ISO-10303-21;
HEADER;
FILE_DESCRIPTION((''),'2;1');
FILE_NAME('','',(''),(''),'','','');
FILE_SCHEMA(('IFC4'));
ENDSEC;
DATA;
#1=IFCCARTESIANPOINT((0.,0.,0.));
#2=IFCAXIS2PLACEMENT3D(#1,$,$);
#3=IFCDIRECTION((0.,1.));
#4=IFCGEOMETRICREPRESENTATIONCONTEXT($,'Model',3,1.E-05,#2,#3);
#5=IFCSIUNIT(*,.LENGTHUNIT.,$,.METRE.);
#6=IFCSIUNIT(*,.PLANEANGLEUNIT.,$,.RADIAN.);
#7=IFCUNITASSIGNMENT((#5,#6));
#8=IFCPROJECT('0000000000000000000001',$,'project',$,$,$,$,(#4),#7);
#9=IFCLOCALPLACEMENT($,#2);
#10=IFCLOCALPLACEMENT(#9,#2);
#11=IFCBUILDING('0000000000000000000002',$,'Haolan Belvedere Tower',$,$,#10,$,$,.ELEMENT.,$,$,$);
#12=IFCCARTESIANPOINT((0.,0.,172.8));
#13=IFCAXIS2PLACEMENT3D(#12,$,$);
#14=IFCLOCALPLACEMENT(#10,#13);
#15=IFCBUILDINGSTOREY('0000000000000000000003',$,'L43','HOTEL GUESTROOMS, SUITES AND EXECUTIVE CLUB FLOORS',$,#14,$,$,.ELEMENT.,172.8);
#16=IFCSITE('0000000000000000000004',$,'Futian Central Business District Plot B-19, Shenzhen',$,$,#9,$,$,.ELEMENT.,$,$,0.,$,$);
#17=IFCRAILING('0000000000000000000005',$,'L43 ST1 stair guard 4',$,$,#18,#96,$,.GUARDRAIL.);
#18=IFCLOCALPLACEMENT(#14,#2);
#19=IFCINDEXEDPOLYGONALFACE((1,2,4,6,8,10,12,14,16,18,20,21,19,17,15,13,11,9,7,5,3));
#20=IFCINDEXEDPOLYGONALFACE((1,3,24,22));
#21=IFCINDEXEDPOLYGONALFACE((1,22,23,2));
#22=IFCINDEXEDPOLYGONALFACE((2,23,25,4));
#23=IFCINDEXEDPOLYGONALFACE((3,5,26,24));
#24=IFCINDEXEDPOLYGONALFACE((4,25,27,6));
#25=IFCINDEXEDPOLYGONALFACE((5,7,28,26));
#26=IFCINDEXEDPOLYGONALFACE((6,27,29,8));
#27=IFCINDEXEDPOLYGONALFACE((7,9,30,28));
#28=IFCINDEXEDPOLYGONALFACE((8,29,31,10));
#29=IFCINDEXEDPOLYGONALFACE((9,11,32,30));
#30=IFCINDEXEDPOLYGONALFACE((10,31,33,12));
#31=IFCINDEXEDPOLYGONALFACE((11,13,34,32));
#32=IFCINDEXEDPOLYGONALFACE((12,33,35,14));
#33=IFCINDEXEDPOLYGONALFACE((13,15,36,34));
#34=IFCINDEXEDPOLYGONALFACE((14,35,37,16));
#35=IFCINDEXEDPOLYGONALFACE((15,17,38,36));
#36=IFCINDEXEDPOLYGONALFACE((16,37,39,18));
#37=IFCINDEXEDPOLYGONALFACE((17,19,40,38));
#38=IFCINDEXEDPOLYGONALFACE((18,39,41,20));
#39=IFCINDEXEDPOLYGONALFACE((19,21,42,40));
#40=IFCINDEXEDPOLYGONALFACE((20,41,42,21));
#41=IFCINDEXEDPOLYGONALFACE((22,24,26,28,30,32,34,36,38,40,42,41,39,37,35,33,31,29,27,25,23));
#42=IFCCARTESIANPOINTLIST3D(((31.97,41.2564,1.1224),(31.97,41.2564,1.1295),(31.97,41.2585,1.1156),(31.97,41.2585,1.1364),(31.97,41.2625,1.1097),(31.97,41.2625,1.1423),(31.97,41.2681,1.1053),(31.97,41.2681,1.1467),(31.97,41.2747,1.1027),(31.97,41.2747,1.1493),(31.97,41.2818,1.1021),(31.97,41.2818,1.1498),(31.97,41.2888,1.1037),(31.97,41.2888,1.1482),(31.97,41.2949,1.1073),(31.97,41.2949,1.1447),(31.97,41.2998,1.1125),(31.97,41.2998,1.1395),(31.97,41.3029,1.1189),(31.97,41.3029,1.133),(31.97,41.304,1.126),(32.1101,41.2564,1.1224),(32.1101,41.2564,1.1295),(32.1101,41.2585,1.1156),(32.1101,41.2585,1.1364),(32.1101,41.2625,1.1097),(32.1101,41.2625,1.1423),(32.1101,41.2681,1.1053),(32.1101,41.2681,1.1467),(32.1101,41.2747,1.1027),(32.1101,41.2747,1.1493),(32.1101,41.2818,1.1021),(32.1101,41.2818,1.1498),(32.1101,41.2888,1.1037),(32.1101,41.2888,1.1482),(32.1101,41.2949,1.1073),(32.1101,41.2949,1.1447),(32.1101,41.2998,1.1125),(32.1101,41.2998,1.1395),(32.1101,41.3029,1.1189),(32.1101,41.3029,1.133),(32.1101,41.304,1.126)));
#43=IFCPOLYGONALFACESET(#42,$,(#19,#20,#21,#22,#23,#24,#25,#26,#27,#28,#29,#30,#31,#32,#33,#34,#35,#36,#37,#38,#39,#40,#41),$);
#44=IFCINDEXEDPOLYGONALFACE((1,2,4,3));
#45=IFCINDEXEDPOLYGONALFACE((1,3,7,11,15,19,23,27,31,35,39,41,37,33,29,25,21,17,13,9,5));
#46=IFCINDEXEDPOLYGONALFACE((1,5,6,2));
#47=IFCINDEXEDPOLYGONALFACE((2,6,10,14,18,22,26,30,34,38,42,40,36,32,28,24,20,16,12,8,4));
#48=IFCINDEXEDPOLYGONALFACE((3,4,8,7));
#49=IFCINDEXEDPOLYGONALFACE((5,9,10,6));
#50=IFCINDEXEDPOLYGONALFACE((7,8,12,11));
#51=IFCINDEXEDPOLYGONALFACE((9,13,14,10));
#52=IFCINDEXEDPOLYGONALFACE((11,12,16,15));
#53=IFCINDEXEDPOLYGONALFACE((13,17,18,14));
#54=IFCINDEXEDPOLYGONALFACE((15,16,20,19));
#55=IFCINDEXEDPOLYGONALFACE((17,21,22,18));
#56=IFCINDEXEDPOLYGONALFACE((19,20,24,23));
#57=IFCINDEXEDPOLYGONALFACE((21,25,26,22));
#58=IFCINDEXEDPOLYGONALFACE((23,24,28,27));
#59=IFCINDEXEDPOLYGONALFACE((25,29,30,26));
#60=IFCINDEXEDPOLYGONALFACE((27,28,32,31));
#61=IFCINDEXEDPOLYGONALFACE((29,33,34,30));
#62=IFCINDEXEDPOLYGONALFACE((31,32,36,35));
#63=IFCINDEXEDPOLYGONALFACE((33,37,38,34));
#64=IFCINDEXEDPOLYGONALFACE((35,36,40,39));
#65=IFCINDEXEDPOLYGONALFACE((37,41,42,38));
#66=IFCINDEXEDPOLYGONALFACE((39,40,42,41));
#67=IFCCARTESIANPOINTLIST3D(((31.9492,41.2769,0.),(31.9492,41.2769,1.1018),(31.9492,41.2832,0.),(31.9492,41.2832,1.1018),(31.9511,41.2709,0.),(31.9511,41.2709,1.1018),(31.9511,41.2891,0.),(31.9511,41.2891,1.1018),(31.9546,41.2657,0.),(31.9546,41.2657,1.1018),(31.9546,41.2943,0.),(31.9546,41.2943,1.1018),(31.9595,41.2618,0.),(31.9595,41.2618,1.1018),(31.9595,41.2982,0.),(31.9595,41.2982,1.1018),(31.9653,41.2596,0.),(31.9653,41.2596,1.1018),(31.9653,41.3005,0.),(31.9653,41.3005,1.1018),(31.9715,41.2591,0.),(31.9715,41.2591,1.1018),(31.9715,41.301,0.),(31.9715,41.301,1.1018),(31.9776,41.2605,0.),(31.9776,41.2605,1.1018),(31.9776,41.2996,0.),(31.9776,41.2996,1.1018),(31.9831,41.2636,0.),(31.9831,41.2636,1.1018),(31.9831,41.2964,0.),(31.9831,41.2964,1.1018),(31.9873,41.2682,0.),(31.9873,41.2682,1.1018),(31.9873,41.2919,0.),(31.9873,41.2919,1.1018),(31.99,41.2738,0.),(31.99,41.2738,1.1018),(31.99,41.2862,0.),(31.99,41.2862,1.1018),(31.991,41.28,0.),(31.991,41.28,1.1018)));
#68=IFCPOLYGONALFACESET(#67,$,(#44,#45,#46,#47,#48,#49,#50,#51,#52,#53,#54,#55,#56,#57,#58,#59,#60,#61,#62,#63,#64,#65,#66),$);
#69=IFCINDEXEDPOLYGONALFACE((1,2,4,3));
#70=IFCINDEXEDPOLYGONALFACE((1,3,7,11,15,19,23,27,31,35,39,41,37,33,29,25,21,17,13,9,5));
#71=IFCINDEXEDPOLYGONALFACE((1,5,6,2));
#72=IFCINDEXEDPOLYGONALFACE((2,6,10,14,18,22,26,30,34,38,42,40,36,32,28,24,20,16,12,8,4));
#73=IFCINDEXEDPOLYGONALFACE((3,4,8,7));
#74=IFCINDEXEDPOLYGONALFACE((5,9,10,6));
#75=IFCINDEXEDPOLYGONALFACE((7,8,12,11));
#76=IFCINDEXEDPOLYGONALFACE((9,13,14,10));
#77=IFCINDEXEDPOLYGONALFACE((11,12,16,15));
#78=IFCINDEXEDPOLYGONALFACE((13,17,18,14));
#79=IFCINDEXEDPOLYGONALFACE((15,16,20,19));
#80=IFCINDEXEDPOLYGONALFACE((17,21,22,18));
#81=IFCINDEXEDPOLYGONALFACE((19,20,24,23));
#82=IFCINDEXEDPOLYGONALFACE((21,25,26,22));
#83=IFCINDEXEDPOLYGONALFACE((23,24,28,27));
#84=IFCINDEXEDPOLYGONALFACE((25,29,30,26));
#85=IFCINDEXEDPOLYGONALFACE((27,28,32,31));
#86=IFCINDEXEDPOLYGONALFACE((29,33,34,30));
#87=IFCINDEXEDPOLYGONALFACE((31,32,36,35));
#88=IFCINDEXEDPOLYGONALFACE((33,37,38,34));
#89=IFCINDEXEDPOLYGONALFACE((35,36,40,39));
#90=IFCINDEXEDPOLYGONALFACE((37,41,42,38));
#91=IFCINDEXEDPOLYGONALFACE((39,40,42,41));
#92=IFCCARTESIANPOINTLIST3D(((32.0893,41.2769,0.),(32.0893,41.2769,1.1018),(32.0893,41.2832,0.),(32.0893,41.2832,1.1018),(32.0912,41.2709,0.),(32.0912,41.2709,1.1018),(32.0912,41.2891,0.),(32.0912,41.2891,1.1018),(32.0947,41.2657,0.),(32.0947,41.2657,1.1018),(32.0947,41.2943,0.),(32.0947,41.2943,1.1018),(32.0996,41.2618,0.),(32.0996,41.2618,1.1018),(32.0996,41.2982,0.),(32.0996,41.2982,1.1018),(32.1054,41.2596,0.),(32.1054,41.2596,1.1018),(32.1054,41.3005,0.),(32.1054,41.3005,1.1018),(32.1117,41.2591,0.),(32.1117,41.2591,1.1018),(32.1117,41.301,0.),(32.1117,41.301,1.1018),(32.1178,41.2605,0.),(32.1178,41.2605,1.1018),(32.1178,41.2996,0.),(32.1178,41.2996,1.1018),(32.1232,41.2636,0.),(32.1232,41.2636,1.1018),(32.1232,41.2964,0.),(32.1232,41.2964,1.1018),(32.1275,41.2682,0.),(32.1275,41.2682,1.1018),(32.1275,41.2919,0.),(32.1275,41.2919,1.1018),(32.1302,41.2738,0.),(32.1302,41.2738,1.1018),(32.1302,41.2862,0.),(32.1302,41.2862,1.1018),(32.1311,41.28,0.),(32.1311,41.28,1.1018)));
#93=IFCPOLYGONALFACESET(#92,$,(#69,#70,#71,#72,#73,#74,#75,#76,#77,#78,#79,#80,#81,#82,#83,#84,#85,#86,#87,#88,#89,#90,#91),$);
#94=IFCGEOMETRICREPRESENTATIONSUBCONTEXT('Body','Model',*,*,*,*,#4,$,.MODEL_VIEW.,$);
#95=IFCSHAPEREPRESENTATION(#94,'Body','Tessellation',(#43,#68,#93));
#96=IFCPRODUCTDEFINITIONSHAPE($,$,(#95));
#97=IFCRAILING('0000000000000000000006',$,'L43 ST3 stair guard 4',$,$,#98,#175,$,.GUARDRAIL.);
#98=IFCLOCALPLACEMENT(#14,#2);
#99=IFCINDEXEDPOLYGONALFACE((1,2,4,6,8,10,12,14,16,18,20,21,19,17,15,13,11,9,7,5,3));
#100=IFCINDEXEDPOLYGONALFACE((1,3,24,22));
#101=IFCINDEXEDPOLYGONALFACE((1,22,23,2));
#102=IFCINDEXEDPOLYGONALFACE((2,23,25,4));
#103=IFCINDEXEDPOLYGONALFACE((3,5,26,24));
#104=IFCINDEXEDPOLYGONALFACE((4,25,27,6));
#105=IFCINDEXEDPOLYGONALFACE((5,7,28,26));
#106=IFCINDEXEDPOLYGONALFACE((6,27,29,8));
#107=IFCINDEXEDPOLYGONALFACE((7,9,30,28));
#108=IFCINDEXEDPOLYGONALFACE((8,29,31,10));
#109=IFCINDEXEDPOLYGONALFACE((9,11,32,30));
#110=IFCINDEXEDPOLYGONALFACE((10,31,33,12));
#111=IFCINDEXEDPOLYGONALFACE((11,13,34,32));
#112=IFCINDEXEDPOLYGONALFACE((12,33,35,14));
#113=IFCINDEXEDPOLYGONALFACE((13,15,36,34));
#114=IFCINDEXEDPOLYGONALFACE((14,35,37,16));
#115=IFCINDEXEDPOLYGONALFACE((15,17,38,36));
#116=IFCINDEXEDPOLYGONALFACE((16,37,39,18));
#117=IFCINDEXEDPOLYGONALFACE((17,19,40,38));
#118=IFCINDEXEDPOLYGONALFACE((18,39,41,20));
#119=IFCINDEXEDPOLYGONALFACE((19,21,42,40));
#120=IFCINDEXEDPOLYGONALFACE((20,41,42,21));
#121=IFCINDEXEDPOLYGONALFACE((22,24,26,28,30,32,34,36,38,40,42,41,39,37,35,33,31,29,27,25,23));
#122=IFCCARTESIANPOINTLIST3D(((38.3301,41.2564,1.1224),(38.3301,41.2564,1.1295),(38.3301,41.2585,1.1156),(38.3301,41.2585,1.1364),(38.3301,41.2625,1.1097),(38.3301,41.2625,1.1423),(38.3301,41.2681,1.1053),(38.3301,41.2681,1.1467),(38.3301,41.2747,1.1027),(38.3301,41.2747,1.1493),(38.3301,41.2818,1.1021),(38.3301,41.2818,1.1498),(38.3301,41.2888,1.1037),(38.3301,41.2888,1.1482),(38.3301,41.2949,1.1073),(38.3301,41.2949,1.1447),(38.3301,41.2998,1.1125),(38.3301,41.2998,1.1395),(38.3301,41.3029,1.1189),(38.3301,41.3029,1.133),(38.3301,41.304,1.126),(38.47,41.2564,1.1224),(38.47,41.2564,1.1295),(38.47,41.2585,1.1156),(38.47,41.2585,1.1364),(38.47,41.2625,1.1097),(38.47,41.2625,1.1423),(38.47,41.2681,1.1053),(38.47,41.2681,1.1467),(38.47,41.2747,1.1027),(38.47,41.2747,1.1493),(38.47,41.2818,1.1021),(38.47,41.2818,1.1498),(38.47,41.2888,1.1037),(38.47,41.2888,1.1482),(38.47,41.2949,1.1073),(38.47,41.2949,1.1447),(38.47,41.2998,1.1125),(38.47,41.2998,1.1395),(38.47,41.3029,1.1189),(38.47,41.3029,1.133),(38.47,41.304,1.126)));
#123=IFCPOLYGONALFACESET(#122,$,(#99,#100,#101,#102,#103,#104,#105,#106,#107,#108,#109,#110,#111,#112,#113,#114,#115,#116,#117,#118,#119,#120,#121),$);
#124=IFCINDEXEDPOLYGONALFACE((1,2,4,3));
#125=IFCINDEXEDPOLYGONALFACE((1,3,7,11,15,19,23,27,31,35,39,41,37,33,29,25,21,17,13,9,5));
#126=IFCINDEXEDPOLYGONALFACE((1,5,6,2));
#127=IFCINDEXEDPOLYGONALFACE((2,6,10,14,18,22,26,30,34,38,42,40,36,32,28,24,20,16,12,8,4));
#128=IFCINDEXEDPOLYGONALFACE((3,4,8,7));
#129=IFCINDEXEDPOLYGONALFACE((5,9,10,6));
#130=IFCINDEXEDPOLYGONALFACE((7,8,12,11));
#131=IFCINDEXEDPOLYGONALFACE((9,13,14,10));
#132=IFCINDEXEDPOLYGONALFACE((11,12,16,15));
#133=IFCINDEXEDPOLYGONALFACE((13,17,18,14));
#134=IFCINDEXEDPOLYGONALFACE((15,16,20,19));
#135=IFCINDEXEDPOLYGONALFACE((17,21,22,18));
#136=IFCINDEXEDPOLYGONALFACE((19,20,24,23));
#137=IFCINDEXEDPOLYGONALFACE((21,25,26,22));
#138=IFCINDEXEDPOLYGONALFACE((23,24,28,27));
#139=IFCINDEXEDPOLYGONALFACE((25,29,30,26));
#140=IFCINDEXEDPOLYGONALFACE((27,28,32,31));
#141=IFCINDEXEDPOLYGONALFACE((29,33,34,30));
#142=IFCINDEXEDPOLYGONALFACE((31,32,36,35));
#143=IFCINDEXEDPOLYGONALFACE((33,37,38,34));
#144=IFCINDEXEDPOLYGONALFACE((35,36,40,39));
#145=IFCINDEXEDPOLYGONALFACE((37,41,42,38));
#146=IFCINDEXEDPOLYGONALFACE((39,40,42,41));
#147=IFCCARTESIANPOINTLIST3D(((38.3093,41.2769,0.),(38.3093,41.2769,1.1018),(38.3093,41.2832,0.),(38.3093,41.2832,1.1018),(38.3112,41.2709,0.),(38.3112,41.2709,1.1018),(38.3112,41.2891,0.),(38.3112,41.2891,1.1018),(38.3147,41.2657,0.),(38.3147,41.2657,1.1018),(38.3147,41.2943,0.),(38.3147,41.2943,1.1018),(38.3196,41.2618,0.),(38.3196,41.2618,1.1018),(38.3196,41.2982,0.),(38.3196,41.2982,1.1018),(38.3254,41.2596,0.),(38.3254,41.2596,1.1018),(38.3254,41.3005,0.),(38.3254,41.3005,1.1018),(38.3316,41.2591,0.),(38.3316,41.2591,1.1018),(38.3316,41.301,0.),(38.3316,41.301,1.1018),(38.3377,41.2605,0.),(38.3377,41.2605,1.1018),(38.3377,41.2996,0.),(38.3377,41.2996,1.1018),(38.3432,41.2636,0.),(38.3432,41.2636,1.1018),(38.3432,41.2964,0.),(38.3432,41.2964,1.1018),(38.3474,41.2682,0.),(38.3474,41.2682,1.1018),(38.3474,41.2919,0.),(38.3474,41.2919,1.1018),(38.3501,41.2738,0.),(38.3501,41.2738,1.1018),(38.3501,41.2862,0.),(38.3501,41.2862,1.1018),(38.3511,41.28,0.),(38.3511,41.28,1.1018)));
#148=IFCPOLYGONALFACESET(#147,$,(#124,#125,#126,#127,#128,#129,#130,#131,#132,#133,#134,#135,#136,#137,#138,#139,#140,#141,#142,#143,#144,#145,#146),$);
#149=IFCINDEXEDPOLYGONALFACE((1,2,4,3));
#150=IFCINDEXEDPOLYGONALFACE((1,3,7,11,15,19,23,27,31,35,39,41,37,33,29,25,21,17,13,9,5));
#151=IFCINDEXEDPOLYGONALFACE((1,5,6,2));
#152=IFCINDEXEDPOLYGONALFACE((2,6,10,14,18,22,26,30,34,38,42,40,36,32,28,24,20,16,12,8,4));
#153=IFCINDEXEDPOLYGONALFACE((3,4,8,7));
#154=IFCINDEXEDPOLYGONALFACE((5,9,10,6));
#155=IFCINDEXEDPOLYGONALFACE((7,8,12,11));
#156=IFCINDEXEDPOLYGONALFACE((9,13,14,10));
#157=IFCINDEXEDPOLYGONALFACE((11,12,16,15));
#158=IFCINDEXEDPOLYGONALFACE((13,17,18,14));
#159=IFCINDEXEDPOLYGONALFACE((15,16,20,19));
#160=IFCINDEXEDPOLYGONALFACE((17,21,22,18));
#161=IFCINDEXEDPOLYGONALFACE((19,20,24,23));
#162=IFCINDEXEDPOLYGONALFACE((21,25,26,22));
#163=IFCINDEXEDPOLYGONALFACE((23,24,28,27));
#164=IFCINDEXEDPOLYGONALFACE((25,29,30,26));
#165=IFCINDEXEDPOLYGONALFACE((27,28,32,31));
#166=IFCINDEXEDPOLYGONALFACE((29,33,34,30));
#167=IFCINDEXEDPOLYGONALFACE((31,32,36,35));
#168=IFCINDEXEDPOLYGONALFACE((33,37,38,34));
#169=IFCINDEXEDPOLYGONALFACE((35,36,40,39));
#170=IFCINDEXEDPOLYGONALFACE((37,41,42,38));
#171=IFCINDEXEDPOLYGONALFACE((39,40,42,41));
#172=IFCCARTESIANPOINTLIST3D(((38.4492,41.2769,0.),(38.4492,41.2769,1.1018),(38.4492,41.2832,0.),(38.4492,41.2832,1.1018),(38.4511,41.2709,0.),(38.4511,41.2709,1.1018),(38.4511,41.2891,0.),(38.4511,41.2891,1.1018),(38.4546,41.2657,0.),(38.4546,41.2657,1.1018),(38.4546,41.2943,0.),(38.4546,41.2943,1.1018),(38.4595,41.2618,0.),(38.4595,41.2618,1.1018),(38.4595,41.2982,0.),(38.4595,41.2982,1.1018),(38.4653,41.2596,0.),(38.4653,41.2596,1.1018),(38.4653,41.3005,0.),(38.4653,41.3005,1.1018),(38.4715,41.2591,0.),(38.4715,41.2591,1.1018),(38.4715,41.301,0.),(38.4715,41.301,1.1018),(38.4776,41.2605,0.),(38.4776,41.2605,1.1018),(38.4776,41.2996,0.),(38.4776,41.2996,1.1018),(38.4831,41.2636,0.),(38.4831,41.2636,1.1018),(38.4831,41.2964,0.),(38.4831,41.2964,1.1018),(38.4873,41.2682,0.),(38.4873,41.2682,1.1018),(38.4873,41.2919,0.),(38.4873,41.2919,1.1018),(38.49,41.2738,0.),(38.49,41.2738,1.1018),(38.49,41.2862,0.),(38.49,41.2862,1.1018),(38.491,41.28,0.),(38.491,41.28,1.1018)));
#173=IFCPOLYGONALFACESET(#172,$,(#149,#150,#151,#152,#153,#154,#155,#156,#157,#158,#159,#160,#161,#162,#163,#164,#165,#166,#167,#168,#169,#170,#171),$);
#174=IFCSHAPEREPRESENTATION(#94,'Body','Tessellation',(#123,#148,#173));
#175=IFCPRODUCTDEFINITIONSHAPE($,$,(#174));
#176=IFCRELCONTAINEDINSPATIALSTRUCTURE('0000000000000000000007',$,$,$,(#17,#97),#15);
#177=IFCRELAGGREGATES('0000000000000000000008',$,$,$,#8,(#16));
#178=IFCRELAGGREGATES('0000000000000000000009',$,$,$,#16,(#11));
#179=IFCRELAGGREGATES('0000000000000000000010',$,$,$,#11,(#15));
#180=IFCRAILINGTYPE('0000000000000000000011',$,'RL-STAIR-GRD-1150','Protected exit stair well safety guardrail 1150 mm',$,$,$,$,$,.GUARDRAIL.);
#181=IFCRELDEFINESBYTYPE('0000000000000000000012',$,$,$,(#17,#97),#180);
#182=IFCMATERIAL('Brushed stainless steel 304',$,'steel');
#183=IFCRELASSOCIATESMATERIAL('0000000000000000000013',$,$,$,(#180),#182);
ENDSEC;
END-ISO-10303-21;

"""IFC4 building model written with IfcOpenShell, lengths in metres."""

from ifc_helpers import new_model, si_unit, direction, frame, origin, origin_2d, place, context, subcontext, project, spatial, circle, extrude, material, type_object, element, save


model = new_model("IFC4")

# Units and contexts
model_context = context("Model", 3, precision=1e-05, world=origin(), true_north=direction((0.0, 1.0)))
body_context = subcontext(model_context, "Body", "Model", "MODEL_VIEW")
ifc_project = project(units=[si_unit("LENGTHUNIT", "METRE"), si_unit("PLANEANGLEUNIT", "RADIAN")], contexts=[model_context])

# Site, building, storey
site_placement = place(None, origin())
site = spatial("IfcSite", under=ifc_project, at=site_placement, Name="Futian Central Business District Plot B-19, Shenzhen", CompositionType="ELEMENT", RefElevation=0.0)
building_placement = place(site_placement, origin())
building = spatial("IfcBuilding", under=site, at=building_placement, Name="Haolan Belvedere Tower", CompositionType="ELEMENT")
storey_placement = place(building_placement, frame((0.0, 0.0, 172.8)))
storey = spatial("IfcBuildingStorey", under=building, at=storey_placement, Name="L43", Description="HOTEL GUESTROOMS, SUITES AND EXECUTIVE CLUB FLOORS", CompositionType="ELEMENT", Elevation=172.8)

# Railings
ifc_material_1 = material(Name="Brushed stainless steel 304", Category="steel")
railing_type = type_object("IfcRailingType", Name="RL-STAIR-GRD-1150", Description="Protected exit stair well safety guardrail 1150 mm", PredefinedType="GUARDRAIL", material=ifc_material_1)
railing_1_placement = place(storey_placement, frame((31.97, 41.28, 0.0)))
element("IfcRailing", 1, at=railing_1_placement, inside=storey, type_object=railing_type, Name="L43 ST1 stair guard 4", PredefinedType="GUARDRAIL", context=body_context, shape_type="SweptSolid", body=[
    extrude(circle(Radius=0.0239, at=origin_2d()), frame((0.0, 0.0, 1.126), z_axis=(1.0, 0.0, 0.0), x_axis=(0.0, 1.0, 0.0)), (0.0, 0.0, 1.0), 0.1401),
    extrude(circle(Radius=0.021, at=origin_2d()), origin(), (0.0, 0.0, 1.0), 1.1018),
    extrude(circle(Radius=0.021, at=origin_2d()), frame((0.1401, 0.0, 0.0)), (0.0, 0.0, 1.0), 1.1018),
])
railing_2_placement = place(storey_placement, frame((38.3301, 41.28, 0.0)))
element("IfcRailing", 2, at=railing_2_placement, inside=storey, type_object=railing_type, Name="L43 ST3 stair guard 4", PredefinedType="GUARDRAIL", context=body_context, shape_type="SweptSolid", body=[
    extrude(circle(Radius=0.0239, at=origin_2d()), frame((0.0, 0.0, 1.126), z_axis=(1.0, 0.0, 0.0), x_axis=(0.0, 1.0, 0.0)), (0.0, 0.0, 1.0), 0.1399),
    extrude(circle(Radius=0.021, at=origin_2d()), origin(), (0.0, 0.0, 1.0), 1.1018),
    extrude(circle(Radius=0.021, at=origin_2d()), frame((0.1399, 0.0, 0.0)), (0.0, 0.0, 1.0), 1.1018),
])

save(model, "model.ifc")
